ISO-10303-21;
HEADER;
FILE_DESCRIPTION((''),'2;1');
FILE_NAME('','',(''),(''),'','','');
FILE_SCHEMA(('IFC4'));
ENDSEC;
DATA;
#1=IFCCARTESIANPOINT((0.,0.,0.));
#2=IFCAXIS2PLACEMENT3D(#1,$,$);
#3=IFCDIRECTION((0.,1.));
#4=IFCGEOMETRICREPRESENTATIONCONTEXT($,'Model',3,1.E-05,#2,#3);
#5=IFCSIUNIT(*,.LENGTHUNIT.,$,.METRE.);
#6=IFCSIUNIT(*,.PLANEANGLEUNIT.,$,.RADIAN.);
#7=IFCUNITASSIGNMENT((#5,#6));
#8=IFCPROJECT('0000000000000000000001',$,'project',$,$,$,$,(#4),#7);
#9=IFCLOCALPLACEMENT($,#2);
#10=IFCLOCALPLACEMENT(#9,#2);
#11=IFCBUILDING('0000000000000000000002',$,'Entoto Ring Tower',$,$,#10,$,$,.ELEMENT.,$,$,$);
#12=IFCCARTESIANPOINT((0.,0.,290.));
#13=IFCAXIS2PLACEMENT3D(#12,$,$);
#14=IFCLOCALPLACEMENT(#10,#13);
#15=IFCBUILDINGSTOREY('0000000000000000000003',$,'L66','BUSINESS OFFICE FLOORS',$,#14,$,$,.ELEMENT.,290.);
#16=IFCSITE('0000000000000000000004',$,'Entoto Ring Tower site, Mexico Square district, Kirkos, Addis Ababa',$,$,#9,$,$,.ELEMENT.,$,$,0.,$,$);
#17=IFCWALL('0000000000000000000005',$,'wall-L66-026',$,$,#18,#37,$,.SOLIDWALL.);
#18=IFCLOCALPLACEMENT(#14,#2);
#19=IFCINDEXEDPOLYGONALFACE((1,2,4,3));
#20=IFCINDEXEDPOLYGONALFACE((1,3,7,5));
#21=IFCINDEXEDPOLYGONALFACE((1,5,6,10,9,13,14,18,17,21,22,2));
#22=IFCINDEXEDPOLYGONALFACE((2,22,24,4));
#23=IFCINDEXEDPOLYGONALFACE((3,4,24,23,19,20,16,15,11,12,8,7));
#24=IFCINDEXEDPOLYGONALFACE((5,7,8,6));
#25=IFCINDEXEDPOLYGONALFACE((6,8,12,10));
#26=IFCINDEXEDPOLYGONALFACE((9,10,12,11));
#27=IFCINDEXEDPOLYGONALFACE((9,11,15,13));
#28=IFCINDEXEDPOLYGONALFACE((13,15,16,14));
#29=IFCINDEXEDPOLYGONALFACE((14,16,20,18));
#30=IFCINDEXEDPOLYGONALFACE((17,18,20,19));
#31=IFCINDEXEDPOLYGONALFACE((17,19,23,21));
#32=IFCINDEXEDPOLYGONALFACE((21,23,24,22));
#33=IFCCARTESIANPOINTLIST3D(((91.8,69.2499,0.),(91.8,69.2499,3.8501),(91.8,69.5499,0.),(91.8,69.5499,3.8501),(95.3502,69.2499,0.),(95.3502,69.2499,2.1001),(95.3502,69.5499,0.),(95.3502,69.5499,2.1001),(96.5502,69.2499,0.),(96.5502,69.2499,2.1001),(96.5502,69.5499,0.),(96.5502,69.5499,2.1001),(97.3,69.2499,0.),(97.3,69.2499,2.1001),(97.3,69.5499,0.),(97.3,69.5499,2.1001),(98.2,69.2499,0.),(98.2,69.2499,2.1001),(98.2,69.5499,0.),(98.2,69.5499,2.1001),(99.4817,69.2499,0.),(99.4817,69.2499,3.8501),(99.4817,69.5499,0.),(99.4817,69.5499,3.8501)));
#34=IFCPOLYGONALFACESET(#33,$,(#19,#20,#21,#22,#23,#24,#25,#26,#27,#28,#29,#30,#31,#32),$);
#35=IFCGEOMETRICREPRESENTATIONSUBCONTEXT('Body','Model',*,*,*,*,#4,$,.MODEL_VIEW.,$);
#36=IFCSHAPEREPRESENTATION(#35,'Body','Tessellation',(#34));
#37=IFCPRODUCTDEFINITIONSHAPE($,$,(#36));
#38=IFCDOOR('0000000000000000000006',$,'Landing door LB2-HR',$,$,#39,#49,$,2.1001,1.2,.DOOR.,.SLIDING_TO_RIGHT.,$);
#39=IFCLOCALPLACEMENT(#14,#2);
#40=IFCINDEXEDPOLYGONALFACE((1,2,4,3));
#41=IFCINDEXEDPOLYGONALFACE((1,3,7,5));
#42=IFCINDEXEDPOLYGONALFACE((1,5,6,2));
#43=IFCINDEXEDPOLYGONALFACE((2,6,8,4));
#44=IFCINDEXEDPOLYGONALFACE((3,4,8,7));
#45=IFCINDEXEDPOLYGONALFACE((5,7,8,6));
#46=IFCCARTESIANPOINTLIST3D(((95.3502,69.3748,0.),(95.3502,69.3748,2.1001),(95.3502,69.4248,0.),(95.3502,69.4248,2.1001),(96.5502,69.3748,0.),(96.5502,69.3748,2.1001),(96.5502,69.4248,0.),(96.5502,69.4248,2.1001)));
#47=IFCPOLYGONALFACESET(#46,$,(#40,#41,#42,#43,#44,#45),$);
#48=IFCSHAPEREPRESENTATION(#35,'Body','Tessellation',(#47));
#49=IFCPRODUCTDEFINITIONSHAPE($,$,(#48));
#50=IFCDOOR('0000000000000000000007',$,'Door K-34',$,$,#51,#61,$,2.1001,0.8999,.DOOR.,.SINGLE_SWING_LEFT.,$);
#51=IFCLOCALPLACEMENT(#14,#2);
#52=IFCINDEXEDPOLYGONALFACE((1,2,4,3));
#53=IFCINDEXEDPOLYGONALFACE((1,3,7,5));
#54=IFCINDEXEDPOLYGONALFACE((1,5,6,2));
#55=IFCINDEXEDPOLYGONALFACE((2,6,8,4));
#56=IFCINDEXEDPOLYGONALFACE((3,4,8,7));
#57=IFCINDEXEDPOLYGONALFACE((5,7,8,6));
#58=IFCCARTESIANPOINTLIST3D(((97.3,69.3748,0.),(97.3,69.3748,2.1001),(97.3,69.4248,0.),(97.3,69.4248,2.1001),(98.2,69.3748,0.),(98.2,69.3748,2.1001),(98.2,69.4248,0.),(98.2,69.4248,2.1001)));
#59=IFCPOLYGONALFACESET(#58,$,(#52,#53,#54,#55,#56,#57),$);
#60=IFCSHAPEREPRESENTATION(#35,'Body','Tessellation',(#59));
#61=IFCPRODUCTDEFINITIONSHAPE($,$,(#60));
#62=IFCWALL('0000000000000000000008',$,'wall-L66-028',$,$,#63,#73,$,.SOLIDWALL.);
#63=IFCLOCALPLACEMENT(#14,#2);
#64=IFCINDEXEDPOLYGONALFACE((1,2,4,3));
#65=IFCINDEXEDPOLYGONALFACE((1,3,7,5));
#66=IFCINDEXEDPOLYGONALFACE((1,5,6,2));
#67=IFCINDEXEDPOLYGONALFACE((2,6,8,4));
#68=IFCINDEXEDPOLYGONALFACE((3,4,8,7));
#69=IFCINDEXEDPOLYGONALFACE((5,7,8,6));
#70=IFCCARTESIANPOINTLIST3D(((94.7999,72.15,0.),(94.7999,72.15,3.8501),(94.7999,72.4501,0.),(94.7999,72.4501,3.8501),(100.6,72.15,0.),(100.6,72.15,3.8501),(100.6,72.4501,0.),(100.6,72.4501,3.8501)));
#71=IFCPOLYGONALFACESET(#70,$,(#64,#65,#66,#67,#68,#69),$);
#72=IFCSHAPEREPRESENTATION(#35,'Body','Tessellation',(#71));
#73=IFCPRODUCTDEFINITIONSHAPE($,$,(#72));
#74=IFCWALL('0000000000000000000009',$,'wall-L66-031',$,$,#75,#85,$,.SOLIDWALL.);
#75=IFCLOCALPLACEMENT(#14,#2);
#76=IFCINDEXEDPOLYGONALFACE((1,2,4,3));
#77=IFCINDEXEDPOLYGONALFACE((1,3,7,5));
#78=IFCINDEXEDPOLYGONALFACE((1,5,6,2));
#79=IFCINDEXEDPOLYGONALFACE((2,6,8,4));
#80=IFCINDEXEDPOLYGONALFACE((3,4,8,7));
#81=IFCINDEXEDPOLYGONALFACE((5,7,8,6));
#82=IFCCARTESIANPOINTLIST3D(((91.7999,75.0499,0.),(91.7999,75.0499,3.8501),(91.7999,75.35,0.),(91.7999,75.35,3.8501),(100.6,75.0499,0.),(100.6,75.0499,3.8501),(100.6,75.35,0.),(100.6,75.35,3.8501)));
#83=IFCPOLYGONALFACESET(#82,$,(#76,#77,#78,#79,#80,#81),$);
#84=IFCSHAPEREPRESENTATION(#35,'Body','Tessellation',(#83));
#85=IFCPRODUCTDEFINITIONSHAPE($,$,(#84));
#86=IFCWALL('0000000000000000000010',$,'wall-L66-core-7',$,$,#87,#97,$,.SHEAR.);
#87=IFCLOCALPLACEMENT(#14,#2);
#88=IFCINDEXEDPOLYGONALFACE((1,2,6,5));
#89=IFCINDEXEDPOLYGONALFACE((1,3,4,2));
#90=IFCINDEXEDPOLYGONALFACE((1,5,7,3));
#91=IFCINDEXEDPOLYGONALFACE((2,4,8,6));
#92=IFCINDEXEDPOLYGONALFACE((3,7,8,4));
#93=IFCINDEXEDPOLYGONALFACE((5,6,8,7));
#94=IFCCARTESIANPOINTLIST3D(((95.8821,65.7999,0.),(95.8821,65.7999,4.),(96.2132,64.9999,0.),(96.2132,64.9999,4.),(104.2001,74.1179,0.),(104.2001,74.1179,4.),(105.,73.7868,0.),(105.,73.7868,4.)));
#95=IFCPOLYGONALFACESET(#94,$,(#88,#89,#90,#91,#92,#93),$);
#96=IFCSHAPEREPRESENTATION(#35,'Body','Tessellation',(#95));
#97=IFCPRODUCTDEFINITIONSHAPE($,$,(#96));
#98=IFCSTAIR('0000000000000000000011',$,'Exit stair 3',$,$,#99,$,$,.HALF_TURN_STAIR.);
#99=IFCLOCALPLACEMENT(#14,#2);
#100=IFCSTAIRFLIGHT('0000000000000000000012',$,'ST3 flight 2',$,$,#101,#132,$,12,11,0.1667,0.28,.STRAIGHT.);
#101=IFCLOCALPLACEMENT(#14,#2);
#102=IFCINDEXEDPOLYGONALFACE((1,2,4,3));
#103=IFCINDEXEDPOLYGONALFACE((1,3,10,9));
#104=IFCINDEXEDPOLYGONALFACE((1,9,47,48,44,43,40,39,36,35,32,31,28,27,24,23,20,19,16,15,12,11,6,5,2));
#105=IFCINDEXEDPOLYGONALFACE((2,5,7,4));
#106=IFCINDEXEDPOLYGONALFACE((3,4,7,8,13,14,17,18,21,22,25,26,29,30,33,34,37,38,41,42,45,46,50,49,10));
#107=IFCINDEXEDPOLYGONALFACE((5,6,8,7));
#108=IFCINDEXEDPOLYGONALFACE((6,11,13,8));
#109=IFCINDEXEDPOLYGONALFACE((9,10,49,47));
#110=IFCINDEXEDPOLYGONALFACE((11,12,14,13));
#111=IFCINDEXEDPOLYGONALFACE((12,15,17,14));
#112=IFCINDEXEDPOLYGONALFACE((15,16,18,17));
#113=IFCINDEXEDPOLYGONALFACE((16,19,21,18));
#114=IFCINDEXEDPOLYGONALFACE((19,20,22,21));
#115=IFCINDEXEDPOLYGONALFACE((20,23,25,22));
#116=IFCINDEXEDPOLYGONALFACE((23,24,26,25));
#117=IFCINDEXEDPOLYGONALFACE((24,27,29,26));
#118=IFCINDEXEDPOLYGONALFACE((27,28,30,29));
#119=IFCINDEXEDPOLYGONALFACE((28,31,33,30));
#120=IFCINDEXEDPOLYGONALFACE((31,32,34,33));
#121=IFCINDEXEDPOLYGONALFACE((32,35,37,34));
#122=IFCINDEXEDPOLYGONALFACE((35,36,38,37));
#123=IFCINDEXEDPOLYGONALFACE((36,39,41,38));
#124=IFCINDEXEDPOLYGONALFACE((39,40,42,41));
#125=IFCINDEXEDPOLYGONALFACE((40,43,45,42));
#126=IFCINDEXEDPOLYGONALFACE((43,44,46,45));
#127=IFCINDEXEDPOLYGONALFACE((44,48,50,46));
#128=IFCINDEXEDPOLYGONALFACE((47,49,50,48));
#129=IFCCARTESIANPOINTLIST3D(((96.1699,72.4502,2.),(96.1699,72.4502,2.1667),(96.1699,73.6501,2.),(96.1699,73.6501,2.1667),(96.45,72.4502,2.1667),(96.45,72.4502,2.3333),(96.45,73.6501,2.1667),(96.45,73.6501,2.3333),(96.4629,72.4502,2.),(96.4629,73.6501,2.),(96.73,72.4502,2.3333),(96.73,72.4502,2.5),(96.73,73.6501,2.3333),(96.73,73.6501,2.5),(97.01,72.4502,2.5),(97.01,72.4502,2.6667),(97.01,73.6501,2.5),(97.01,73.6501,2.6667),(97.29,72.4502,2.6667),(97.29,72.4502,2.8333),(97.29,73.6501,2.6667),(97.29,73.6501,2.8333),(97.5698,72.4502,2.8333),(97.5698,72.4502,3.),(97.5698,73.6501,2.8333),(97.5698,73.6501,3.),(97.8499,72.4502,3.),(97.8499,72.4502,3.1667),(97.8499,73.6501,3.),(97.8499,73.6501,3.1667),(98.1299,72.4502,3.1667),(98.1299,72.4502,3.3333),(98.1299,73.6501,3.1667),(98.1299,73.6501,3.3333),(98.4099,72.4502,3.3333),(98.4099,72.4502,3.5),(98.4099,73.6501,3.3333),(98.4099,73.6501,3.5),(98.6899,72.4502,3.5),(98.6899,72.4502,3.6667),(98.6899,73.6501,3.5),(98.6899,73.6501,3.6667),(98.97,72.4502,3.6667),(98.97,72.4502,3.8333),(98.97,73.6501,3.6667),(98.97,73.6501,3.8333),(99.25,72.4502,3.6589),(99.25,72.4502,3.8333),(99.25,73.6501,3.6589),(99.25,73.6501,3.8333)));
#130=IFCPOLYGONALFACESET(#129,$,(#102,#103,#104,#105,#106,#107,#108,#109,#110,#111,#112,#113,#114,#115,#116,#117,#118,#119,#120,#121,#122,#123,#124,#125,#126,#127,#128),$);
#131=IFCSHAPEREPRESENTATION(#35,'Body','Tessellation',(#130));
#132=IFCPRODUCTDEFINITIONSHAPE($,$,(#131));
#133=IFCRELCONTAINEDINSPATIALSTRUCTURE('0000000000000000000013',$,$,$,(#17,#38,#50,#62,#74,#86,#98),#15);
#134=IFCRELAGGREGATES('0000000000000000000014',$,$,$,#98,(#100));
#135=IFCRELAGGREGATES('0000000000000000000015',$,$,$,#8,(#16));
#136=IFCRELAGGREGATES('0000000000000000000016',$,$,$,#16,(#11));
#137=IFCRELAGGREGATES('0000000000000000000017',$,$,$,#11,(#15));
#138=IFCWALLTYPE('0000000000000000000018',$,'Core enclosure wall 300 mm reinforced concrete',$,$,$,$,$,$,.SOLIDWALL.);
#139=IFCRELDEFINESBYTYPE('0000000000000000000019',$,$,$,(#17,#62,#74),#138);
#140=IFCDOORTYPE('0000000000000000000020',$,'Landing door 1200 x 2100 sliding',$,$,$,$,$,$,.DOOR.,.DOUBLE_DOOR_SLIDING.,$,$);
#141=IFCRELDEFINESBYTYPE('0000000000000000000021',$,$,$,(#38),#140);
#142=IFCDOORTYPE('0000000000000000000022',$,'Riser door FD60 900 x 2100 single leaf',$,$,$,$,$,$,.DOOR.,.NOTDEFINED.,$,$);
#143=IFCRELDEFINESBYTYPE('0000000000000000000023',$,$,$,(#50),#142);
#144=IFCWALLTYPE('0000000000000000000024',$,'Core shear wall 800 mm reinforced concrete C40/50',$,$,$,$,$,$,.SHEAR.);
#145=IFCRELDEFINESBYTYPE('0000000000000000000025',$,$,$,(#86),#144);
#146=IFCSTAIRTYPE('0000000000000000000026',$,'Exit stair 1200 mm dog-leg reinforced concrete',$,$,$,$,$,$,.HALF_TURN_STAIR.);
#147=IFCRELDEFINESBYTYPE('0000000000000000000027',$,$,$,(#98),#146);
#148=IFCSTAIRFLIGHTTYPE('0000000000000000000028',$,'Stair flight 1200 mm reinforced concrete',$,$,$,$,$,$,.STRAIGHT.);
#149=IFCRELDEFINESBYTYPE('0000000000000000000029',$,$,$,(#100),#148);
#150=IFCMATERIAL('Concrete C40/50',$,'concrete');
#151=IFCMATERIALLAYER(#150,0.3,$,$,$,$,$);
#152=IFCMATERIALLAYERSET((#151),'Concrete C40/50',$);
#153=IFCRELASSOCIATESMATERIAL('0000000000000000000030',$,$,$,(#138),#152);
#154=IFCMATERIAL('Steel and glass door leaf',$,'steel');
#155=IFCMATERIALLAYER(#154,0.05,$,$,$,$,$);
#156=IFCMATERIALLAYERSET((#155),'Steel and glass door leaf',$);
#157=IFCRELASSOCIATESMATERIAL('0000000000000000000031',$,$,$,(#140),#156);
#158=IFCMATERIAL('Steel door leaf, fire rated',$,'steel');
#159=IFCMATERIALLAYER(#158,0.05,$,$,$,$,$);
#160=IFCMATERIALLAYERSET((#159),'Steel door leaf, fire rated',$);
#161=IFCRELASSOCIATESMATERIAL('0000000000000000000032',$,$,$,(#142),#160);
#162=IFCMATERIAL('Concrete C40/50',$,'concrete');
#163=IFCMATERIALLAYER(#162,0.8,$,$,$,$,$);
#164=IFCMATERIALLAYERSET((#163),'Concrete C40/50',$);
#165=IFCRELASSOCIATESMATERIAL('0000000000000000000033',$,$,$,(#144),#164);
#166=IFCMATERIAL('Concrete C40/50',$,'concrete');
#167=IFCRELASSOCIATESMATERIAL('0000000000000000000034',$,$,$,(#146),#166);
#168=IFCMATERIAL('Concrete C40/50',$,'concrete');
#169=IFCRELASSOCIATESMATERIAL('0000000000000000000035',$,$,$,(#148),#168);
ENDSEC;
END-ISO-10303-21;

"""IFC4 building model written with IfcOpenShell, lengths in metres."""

from ifc_helpers import new_model, si_unit, direction, frame, frame_2d, origin, place, context, subcontext, project, spatial, polyline, rectangle, outline, extrude, material, layer, layer_set, type_object, element, fill, aggregate, save


model = new_model("IFC4")

# Units and contexts
model_context = context("Model", 3, precision=1e-05, world=origin(), true_north=direction((0.0, 1.0)))
body_context = subcontext(model_context, "Body", "Model", "MODEL_VIEW")
ifc_project = project(units=[si_unit("LENGTHUNIT", "METRE"), si_unit("PLANEANGLEUNIT", "RADIAN")], contexts=[model_context])

# Site, building, storey
site_placement = place(None, origin())
site = spatial("IfcSite", under=ifc_project, at=site_placement, Name="Entoto Ring Tower site, Mexico Square district, Kirkos, Addis Ababa", CompositionType="ELEMENT", RefElevation=0.0)
building_placement = place(site_placement, origin())
building = spatial("IfcBuilding", under=site, at=building_placement, Name="Entoto Ring Tower", CompositionType="ELEMENT")
storey_placement = place(building_placement, frame((0.0, 0.0, 290.0)))
storey = spatial("IfcBuildingStorey", under=building, at=storey_placement, Name="L66", Description="BUSINESS OFFICE FLOORS", CompositionType="ELEMENT", Elevation=290.0)

# Shared definitions
ifc_material_1 = material(Name="Concrete C40/50", Category="concrete")
ifc_layer_1 = layer(ifc_material_1, 0.3)
ifc_layer_set_1 = layer_set([ifc_layer_1], Name="Concrete C40/50")
wall_type_1 = type_object("IfcWallType", Name="Core enclosure wall 300 mm reinforced concrete", PredefinedType="SOLIDWALL", material=ifc_layer_set_1)

# Wall, openings, doors
wall_1_placement = place(storey_placement, frame((91.8, 69.3999, 0.0), z_axis=(0.0, 0.0, 1.0), x_axis=(1.0, 0.0, 0.0)))
wall_1 = element("IfcWall", 1, at=wall_1_placement, inside=storey, type_object=wall_type_1, Name="wall-L66-026", PredefinedType="SOLIDWALL", context=body_context, shape_type="SweptSolid", body=[
    extrude(rectangle(XDim=7.6816, YDim=0.3, at=frame_2d((3.8408, 0.0))), origin(), (0.0, 0.0, 1.0), 3.8501),
])
opening_1_placement = place(wall_1_placement, frame((3.55, 0.0, 0.0)))
opening_1 = element("IfcOpeningElement", 2, at=opening_1_placement, cuts=wall_1, PredefinedType="OPENING", context=body_context, shape_type="SweptSolid", body=[
    extrude(rectangle(XDim=1.2, YDim=2.1001, at=frame_2d((0.6001, 1.05))), frame((0.0, 0.1602, 0.0), z_axis=(0.0, -1.0, 0.0), x_axis=(1.0, 0.0, 0.0)), (0.0, 0.0, 1.0), 0.3201),
])
opening_2_placement = place(wall_1_placement, frame((5.5, 0.0, 0.0)))
opening_2 = element("IfcOpeningElement", 3, at=opening_2_placement, cuts=wall_1, PredefinedType="OPENING", context=body_context, shape_type="SweptSolid", body=[
    extrude(rectangle(XDim=0.8999, YDim=2.1001, at=frame_2d((0.45, 1.05))), frame((0.0, 0.1602, 0.0), z_axis=(0.0, -1.0, 0.0), x_axis=(1.0, 0.0, 0.0)), (0.0, 0.0, 1.0), 0.3201),
])
ifc_material_2 = material(Name="Steel and glass door leaf", Category="steel")
ifc_layer_2 = layer(ifc_material_2, 0.05)
ifc_layer_set_2 = layer_set([ifc_layer_2], Name="Steel and glass door leaf")
door_type_1 = type_object("IfcDoorType", Name="Landing door 1200 x 2100 sliding", OperationType="DOUBLE_DOOR_SLIDING", PredefinedType="DOOR", material=ifc_layer_set_2)
door_1_placement = place(opening_1_placement, origin())
door_1 = element("IfcDoor", 4, at=door_1_placement, inside=storey, type_object=door_type_1, Name="Landing door LB2-HR", OperationType="SLIDING_TO_RIGHT", OverallHeight=2.1001, OverallWidth=1.2, PredefinedType="DOOR", context=body_context, shape_type="SweptSolid", body=[
    extrude(rectangle(XDim=1.2, YDim=2.1001, at=frame_2d((0.6001, 1.05))), frame((0.0, 0.0249, 0.0), z_axis=(0.0, -1.0, 0.0), x_axis=(1.0, 0.0, 0.0)), (0.0, 0.0, 1.0), 0.05),
])
fill(opening_1, door_1)
ifc_material_3 = material(Name="Steel door leaf, fire rated", Category="steel")
ifc_layer_3 = layer(ifc_material_3, 0.05)
ifc_layer_set_3 = layer_set([ifc_layer_3], Name="Steel door leaf, fire rated")
door_type_2 = type_object("IfcDoorType", Name="Riser door FD60 900 x 2100 single leaf", OperationType="NOTDEFINED", PredefinedType="DOOR", material=ifc_layer_set_3)
door_2_placement = place(opening_2_placement, origin())
door_2 = element("IfcDoor", 5, at=door_2_placement, inside=storey, type_object=door_type_2, Name="Door K-34", OperationType="SINGLE_SWING_LEFT", OverallHeight=2.1001, OverallWidth=0.8999, PredefinedType="DOOR", context=body_context, shape_type="SweptSolid", body=[
    extrude(rectangle(XDim=0.8999, YDim=2.1001, at=frame_2d((0.45, 1.05))), frame((0.0, 0.0249, 0.0), z_axis=(0.0, -1.0, 0.0), x_axis=(1.0, 0.0, 0.0)), (0.0, 0.0, 1.0), 0.05),
])
fill(opening_2, door_2)

# Walls
wall_2_placement = place(storey_placement, frame((94.8, 72.3, 0.0), z_axis=(0.0, 0.0, 1.0), x_axis=(1.0, 0.0, 0.0)))
element("IfcWall", 6, at=wall_2_placement, inside=storey, type_object=wall_type_1, Name="wall-L66-028", PredefinedType="SOLIDWALL", context=body_context, shape_type="SweptSolid", body=[
    extrude(rectangle(XDim=5.8, YDim=0.3, at=frame_2d((2.8999, 0.0))), origin(), (0.0, 0.0, 1.0), 3.8501),
])
wall_3_placement = place(storey_placement, frame((91.8, 75.2, 0.0), z_axis=(0.0, 0.0, 1.0), x_axis=(1.0, 0.0, 0.0)))
element("IfcWall", 7, at=wall_3_placement, inside=storey, type_object=wall_type_1, Name="wall-L66-031", PredefinedType="SOLIDWALL", context=body_context, shape_type="SweptSolid", body=[
    extrude(rectangle(XDim=8.8, YDim=0.3, at=frame_2d((4.3999, 0.0))), origin(), (0.0, 0.0, 1.0), 3.8501),
])
ifc_material_4 = material(Name="Concrete C40/50", Category="concrete")
ifc_layer_4 = layer(ifc_material_4, 0.8)
ifc_layer_set_4 = layer_set([ifc_layer_4], Name="Concrete C40/50")
wall_type_2 = type_object("IfcWallType", Name="Core shear wall 800 mm reinforced concrete C40/50", PredefinedType="SHEAR", material=ifc_layer_set_4)
wall_4_placement = place(storey_placement, frame((96.0476, 65.3999, 0.0), z_axis=(0.0, 0.0, 1.0), x_axis=(0.707107, 0.707107, 0.0)))
element("IfcWall", 8, at=wall_4_placement, inside=storey, type_object=wall_type_2, Name="wall-L66-core-7", PredefinedType="SHEAR", context=body_context, shape_type="SweptSolid", body=[
    extrude(outline(polyline([(-0.1658, -0.3999), (12.2607, -0.3999), (11.9292, 0.3999), (0.1658, 0.3999), (-0.1658, -0.3999)])), origin(), (0.0, 0.0, 1.0), 4.0),
])

# Stair, stair flight
ifc_material_5 = material(Name="Concrete C40/50", Category="concrete")
stair_type = type_object("IfcStairType", Name="Exit stair 1200 mm dog-leg reinforced concrete", PredefinedType="HALF_TURN_STAIR", material=ifc_material_5)
stair_placement = place(storey_placement, origin())
stair = element("IfcStair", 9, at=stair_placement, inside=storey, type_object=stair_type, Name="Exit stair 3", PredefinedType="HALF_TURN_STAIR")
ifc_material_6 = material(Name="Concrete C40/50", Category="concrete")
stair_flight_type = type_object("IfcStairFlightType", Name="Stair flight 1200 mm reinforced concrete", PredefinedType="STRAIGHT", material=ifc_material_6)
stair_flight_placement = place(storey_placement, frame((96.1699, 73.05, 2.0), z_axis=(0.0, 0.0, 1.0), x_axis=(1.0, 0.0, 0.0)))
stair_flight = element("IfcStairFlight", 10, at=stair_flight_placement, type_object=stair_flight_type, Name="ST3 flight 2", NumberOfRisers=12, NumberOfTreads=11, PredefinedType="STRAIGHT", RiserHeight=0.1667, TreadLength=0.28, context=body_context, shape_type="SweptSolid", body=[
    extrude(outline(polyline([(0.0, 0.0), (0.0, 0.1667), (0.28, 0.1667), (0.28, 0.3333), (0.5601, 0.3333), (0.5601, 0.5), (0.8401, 0.5), (0.8401, 0.6667), (1.1201, 0.6667), (1.1201, 0.8333), (1.3999, 0.8333), (1.3999, 1.0), (1.6799, 1.0), (1.6799, 1.1667), (1.96, 1.1667), (1.96, 1.3333), (2.24, 1.3333), (2.24, 1.5), (2.52, 1.5), (2.52, 1.6667), (2.8, 1.6667), (2.8, 1.8333), (3.0801, 1.8333), (3.0801, 2.0), (3.0801, 1.6589), (0.293, 0.0), (0.0, 0.0)])), frame((0.0, 0.6001, 0.0), z_axis=(0.0, -1.0, 0.0), x_axis=(1.0, 0.0, 0.0)), (0.0, 0.0, 1.0), 1.2),
])
aggregate(stair, [stair_flight])

save(model, "model.ifc")
